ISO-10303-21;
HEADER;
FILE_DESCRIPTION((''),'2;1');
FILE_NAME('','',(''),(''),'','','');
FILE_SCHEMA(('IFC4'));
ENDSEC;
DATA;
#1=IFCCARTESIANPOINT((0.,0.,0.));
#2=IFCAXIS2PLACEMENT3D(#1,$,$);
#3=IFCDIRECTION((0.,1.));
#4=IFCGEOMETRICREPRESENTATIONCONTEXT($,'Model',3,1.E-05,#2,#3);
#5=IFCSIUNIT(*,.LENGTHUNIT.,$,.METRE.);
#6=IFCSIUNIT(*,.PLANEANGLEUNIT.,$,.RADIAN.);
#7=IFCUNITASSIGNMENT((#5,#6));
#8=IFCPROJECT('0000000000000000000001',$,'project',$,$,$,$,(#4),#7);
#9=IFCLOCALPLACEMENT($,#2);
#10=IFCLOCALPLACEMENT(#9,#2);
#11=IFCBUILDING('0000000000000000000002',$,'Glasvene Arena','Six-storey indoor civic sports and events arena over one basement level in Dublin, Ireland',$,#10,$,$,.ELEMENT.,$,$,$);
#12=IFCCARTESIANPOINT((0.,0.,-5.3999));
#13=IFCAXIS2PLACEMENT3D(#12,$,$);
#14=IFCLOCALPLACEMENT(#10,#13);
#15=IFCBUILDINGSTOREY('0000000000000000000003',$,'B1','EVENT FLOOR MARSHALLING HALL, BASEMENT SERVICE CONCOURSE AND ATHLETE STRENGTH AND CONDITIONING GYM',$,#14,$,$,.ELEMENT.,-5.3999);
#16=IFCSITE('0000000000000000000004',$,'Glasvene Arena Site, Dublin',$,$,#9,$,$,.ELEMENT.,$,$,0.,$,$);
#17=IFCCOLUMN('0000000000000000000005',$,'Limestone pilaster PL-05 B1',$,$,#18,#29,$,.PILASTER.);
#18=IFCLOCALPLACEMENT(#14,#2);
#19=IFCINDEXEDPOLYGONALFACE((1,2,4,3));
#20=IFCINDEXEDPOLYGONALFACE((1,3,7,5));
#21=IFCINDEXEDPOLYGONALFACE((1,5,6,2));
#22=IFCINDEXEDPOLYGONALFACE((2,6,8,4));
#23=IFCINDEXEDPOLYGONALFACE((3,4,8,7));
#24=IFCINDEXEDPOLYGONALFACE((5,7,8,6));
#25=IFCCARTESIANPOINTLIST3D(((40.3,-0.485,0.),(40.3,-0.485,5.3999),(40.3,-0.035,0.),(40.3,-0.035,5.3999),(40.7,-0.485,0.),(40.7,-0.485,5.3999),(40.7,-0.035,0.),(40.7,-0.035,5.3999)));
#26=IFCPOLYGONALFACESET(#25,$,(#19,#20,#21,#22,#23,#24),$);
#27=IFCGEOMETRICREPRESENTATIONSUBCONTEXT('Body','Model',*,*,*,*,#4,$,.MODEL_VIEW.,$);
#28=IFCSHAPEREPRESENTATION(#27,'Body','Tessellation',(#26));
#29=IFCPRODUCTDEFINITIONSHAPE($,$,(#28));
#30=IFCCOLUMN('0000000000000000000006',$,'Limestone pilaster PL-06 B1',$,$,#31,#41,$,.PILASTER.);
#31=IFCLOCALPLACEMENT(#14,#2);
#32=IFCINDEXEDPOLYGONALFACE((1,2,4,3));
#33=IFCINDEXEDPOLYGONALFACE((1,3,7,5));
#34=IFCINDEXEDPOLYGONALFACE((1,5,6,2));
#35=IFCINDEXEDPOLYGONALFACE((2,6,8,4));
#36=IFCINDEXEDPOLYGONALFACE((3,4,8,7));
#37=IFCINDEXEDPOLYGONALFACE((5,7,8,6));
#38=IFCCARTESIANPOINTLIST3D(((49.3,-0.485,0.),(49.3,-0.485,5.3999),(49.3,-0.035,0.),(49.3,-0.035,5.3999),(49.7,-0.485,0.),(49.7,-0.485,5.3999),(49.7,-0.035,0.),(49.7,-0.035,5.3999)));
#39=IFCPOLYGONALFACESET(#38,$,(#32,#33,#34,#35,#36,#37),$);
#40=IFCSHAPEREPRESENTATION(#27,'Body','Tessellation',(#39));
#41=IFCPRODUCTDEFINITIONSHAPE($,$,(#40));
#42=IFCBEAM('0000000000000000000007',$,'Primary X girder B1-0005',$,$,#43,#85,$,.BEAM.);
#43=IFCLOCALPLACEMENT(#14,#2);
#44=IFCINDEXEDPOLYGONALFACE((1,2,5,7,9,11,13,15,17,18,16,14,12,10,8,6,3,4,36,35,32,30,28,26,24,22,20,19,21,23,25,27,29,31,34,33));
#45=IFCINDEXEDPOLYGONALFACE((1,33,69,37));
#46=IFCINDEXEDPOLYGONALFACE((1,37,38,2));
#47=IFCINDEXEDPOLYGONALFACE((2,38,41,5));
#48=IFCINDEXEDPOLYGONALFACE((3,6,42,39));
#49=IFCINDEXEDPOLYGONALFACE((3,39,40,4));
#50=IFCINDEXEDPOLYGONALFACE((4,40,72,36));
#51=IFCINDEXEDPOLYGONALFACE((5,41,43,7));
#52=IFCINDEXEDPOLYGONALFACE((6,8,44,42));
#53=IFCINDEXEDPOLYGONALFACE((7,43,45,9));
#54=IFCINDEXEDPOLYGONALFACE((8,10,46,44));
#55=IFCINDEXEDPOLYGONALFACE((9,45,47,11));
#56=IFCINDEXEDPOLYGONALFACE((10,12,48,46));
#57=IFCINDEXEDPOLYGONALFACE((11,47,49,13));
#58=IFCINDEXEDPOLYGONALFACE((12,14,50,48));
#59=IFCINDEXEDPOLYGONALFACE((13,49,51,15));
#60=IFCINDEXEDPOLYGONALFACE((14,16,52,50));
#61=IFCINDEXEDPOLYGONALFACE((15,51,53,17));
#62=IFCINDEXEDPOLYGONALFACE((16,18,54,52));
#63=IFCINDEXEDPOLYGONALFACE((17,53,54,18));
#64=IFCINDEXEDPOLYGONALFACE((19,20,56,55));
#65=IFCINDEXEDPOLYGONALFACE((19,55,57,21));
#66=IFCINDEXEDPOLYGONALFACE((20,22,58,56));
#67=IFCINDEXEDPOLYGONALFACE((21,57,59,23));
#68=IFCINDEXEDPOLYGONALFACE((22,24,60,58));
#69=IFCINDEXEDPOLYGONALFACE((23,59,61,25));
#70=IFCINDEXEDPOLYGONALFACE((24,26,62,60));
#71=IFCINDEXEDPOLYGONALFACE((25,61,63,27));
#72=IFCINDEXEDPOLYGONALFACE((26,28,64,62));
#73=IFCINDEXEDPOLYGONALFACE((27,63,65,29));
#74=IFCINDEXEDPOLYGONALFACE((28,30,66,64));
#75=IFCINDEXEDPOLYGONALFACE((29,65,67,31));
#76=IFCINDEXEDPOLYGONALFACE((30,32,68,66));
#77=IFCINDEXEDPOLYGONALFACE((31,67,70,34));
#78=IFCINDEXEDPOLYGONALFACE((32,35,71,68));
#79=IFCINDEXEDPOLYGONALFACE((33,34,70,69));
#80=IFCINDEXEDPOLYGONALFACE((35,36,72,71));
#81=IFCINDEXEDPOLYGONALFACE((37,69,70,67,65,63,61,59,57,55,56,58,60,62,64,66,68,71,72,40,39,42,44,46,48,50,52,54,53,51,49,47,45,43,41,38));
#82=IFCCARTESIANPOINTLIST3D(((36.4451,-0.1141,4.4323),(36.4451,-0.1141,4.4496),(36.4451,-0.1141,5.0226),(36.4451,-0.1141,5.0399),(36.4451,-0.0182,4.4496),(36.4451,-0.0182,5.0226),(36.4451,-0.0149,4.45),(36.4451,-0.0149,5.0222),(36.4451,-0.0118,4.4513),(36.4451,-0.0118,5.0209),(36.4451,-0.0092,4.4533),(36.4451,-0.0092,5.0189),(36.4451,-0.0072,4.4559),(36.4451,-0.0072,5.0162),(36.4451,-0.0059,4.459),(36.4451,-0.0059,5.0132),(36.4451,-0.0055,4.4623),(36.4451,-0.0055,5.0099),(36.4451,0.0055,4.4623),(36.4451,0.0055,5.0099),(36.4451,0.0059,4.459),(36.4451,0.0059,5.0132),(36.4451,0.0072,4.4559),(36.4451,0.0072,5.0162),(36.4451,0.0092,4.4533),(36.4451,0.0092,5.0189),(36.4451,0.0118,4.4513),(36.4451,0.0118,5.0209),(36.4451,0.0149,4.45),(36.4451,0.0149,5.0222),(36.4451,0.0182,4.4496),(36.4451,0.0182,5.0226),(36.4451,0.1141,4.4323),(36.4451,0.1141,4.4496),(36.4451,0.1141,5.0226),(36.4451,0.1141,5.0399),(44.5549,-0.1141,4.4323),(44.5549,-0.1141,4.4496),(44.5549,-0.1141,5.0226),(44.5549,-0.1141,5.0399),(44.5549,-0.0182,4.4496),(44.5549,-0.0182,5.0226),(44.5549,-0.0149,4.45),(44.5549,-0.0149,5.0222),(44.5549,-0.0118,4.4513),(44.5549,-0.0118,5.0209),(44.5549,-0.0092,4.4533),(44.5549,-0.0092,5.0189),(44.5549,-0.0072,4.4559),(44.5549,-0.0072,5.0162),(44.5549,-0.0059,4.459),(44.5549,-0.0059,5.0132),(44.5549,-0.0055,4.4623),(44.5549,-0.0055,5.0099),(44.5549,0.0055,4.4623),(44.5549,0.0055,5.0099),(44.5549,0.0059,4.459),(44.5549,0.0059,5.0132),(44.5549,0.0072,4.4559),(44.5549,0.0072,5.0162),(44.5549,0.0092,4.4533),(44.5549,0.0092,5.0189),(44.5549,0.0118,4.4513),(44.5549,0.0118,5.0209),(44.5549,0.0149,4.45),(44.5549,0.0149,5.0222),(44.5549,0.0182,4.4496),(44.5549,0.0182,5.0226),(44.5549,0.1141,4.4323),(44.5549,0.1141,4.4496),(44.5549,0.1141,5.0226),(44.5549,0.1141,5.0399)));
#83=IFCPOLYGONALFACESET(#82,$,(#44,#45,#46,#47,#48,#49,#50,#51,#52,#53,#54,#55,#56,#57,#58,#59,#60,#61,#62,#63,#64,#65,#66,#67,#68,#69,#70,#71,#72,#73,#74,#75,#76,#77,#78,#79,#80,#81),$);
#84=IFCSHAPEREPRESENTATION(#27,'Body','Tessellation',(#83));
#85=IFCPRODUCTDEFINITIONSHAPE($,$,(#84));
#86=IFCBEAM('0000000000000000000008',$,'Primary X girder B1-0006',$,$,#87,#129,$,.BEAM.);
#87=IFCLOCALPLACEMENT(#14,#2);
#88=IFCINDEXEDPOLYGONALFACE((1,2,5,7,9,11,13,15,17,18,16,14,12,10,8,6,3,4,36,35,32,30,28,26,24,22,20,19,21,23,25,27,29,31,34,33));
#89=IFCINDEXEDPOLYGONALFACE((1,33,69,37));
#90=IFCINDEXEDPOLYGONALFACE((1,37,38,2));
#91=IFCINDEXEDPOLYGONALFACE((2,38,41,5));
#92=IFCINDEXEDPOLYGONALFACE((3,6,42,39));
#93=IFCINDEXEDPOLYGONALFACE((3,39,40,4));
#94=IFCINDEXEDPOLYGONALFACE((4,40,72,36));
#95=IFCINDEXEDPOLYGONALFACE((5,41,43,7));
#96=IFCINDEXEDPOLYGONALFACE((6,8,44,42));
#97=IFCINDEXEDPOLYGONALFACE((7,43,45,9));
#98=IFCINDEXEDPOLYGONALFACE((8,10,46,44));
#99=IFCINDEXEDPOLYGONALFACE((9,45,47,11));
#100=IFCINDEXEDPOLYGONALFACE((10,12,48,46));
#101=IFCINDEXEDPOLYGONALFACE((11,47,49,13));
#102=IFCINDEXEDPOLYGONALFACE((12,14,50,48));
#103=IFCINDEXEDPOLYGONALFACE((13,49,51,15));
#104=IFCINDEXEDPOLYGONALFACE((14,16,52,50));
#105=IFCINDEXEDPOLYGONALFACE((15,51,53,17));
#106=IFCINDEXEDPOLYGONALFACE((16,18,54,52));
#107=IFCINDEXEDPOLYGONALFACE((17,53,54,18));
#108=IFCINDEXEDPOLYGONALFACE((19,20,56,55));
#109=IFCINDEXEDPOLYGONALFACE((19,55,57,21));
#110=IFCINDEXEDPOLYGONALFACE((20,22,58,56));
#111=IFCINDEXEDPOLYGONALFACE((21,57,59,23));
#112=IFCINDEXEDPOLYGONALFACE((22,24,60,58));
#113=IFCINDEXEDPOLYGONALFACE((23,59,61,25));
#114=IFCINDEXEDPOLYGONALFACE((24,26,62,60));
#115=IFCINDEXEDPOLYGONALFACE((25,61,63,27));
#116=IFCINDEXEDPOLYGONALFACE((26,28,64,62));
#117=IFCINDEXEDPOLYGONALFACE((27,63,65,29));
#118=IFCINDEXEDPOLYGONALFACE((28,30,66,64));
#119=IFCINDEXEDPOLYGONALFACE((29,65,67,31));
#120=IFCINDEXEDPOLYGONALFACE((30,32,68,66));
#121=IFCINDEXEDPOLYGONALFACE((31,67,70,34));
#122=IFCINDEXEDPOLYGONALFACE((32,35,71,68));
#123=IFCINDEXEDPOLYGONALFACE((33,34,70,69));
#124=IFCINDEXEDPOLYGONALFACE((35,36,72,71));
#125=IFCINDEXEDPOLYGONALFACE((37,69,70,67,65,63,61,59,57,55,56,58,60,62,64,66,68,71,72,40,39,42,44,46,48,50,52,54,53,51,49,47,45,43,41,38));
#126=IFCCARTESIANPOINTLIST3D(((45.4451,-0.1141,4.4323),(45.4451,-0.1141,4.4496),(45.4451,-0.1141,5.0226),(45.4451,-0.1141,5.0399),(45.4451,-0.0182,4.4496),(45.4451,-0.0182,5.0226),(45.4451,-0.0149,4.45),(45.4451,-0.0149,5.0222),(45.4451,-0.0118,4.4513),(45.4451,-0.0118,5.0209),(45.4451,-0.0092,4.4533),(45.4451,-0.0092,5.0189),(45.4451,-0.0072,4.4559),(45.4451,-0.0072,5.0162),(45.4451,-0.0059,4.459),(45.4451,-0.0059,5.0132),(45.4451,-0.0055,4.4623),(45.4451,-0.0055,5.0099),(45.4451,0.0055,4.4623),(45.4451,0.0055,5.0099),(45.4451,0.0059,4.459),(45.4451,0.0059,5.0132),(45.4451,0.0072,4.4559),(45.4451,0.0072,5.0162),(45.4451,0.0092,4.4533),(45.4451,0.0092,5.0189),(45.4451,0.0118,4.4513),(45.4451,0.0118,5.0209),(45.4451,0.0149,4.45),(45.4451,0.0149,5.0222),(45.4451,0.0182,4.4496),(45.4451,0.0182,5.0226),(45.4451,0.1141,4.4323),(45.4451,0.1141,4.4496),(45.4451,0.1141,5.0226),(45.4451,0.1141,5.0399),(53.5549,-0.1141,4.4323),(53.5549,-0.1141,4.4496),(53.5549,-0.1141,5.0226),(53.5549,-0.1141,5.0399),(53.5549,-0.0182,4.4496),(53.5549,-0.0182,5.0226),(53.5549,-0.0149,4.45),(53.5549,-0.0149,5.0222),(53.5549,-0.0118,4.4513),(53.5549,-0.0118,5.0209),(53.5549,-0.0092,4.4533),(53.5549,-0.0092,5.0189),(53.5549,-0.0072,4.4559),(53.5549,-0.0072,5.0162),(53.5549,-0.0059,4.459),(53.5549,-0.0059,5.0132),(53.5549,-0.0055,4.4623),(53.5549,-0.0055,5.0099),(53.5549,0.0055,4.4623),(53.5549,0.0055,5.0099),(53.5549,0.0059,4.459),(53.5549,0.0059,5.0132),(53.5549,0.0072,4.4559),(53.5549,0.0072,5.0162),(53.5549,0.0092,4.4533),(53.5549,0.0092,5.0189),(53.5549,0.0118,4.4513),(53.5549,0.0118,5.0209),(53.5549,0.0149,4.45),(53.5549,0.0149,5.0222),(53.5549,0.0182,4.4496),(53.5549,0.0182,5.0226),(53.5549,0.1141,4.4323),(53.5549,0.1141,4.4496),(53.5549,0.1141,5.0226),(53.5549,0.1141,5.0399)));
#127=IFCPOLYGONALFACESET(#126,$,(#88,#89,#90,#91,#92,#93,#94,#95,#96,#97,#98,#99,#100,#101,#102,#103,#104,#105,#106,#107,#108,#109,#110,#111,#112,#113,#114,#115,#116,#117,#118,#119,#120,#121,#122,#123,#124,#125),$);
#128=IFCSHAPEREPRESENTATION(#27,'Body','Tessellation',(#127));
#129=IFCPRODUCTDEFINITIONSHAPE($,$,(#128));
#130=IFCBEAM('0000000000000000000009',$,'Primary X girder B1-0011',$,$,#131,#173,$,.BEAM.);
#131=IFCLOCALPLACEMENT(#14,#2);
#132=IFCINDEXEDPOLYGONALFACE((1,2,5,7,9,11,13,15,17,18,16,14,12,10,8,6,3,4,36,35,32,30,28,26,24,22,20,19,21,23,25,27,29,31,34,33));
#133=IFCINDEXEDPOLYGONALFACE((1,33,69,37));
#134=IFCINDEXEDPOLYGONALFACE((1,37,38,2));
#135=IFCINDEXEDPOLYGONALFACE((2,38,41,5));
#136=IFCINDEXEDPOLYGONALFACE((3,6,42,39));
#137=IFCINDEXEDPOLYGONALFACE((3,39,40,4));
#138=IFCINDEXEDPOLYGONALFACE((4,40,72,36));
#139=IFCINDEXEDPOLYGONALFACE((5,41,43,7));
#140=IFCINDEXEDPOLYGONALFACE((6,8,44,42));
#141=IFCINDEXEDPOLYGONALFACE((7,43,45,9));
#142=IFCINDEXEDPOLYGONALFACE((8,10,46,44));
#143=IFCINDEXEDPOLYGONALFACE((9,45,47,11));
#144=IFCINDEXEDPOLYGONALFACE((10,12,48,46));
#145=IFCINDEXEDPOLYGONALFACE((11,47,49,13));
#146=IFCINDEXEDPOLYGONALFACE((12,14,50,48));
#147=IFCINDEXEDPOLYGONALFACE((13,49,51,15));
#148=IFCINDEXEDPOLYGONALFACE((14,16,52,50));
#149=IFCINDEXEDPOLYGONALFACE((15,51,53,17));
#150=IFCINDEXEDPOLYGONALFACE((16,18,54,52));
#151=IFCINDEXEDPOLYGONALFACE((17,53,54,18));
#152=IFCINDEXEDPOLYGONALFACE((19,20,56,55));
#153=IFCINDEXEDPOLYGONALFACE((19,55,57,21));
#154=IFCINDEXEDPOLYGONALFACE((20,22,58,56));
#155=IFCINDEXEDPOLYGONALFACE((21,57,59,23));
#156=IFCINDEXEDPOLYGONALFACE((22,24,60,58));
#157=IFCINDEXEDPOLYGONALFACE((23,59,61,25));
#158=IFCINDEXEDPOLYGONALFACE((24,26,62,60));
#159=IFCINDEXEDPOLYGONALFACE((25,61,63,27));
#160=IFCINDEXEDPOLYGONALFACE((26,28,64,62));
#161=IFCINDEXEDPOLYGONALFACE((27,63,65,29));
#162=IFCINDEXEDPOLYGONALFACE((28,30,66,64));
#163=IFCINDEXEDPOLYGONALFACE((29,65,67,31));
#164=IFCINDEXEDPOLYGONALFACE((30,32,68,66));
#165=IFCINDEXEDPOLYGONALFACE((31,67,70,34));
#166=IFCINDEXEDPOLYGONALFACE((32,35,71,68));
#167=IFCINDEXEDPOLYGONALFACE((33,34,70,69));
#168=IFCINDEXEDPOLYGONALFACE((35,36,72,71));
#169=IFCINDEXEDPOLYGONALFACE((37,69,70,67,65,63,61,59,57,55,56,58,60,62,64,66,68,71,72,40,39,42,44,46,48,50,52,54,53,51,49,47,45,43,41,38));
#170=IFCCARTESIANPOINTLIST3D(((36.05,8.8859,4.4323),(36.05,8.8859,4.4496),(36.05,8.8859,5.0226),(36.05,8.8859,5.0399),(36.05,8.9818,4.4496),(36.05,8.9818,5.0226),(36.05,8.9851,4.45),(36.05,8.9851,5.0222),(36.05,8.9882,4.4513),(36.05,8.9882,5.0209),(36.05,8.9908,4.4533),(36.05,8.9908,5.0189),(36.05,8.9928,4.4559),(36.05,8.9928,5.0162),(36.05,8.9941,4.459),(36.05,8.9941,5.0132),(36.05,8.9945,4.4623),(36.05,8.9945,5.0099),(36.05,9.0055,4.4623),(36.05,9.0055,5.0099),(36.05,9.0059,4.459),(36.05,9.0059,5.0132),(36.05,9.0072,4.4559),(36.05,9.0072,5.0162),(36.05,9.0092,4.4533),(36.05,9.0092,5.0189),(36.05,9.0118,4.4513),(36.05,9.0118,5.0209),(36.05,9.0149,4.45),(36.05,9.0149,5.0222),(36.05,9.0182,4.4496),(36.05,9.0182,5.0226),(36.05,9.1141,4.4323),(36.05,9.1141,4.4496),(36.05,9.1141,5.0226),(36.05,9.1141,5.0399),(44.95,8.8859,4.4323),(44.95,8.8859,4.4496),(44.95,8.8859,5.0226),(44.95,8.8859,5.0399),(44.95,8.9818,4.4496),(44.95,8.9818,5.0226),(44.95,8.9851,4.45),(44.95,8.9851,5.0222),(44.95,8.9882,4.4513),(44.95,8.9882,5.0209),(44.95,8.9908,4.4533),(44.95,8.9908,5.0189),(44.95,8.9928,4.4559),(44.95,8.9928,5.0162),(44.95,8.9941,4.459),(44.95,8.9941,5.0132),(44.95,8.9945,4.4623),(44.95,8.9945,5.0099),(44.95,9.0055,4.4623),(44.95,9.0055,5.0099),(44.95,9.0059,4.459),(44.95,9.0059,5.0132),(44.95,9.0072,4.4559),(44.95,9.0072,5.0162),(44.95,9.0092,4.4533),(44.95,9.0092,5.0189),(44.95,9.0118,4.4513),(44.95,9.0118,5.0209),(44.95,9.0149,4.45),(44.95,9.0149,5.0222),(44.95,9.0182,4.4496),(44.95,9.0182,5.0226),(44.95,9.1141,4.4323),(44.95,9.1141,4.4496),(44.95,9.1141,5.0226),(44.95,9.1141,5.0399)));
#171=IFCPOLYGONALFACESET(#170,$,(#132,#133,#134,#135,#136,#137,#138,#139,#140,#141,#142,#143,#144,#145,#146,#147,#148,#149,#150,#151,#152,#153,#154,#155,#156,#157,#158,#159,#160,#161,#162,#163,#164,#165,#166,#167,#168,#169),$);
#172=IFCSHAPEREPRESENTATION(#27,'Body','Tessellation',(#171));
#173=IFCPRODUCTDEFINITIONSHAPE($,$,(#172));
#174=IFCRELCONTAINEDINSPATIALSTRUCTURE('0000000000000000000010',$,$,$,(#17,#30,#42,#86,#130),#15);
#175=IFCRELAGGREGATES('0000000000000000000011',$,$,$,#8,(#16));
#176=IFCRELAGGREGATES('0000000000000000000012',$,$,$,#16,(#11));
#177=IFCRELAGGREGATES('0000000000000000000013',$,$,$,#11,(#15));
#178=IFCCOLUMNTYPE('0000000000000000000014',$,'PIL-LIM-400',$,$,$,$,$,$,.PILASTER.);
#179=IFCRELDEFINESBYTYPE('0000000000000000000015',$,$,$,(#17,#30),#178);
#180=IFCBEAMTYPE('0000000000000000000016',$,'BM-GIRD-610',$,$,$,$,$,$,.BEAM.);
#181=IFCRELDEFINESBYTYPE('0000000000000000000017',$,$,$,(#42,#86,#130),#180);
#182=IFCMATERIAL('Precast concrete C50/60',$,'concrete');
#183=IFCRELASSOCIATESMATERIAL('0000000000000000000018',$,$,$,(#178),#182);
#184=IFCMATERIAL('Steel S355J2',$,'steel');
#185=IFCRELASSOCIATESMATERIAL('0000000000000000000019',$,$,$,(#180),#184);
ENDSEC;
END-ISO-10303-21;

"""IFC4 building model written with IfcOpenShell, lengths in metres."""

from ifc_helpers import new_model, si_unit, direction, frame, origin, origin_2d, place, context, subcontext, project, spatial, rectangle, i_section, extrude, material, material_profile, profile_set, type_object, element, save


model = new_model("IFC4")

# Units and contexts
model_context = context("Model", 3, precision=1e-05, world=origin(), true_north=direction((0.0, 1.0)))
body_context = subcontext(model_context, "Body", "Model", "MODEL_VIEW")
ifc_project = project(units=[si_unit("LENGTHUNIT", "METRE"), si_unit("PLANEANGLEUNIT", "RADIAN")], contexts=[model_context])

# Site, building, storey
site_placement = place(None, origin())
site = spatial("IfcSite", under=ifc_project, at=site_placement, Name="Glasvene Arena Site, Dublin", CompositionType="ELEMENT", RefElevation=0.0)
building_placement = place(site_placement, origin())
building = spatial("IfcBuilding", under=site, at=building_placement, Name="Glasvene Arena", Description="Six-storey indoor civic sports and events arena over one basement level in Dublin, Ireland", CompositionType="ELEMENT")
storey_placement = place(building_placement, frame((0.0, 0.0, -5.3999)))
storey = spatial("IfcBuildingStorey", under=building, at=storey_placement, Name="B1", Description="EVENT FLOOR MARSHALLING HALL, BASEMENT SERVICE CONCOURSE AND ATHLETE STRENGTH AND CONDITIONING GYM", CompositionType="ELEMENT", Elevation=-5.3999)

# Columns
ifc_material_1 = material(Name="Steel S355J2", Category="steel")
ifc_material_2 = material(Name="Precast concrete C50/60", Category="concrete")
ifc_material_profile_1 = material_profile(ifc_material_2, rectangle(XDim=0.3999, YDim=0.45, at=origin_2d()), Name="RC 400x450")
ifc_profile_set_1 = profile_set([ifc_material_profile_1], Name="Precast concrete C50/60")
column_type_1 = type_object("IfcColumnType", Name="PIL-LIM-400", PredefinedType="PILASTER", material=ifc_profile_set_1)
for number, where, z_axis, x_axis, name in (
    (1, (40.5, -0.26, 0.0), (0.0, 0.0, 1.0), (1.0, 0.0, 0.0), "Limestone pilaster PL-05 B1"),
    (2, (49.5, -0.26, 0.0), (0.0, 0.0, 1.0), (1.0, 0.0, 0.0), "Limestone pilaster PL-06 B1"),
):
    element("IfcColumn", number, at=place(storey_placement, frame(where, z_axis=z_axis, x_axis=x_axis)), inside=storey, type_object=column_type_1, Name=name, PredefinedType="PILASTER", context=body_context, shape_type="SweptSolid", body=[
        extrude(rectangle(XDim=0.3999, YDim=0.45, at=origin_2d()), origin(), (0.0, 0.0, 1.0), 5.3999),
    ])

# Beams
ifc_material_profile_2 = material_profile(ifc_material_1, i_section(OverallWidth=0.2283, OverallDepth=0.6077, WebThickness=0.011, FlangeThickness=0.0173, FilletRadius=0.0127, at=origin_2d()), Name="UKB 610x229x113")
ifc_profile_set_2 = profile_set([ifc_material_profile_2], Name="Steel S355J2")
beam_type_1 = type_object("IfcBeamType", Name="BM-GIRD-610", PredefinedType="BEAM", material=ifc_profile_set_2)
for number, where, z_axis, x_axis, name in (
    (3, (36.4451, 0.0, 4.7361), (1.0, 0.0, 0.0), (0.0, 1.0, 0.0), "Primary X girder B1-0005"),
    (4, (45.4451, 0.0, 4.7361), (1.0, 0.0, 0.0), (0.0, 1.0, 0.0), "Primary X girder B1-0006"),
):
    element("IfcBeam", number, at=place(storey_placement, frame(where, z_axis=z_axis, x_axis=x_axis)), inside=storey, type_object=beam_type_1, Name=name, PredefinedType="BEAM", context=body_context, shape_type="SweptSolid", body=[
        extrude(i_section(OverallWidth=0.2283, OverallDepth=0.6077, WebThickness=0.011, FlangeThickness=0.0173, FilletRadius=0.0127, at=origin_2d()), origin(), (0.0, 0.0, 1.0), 8.1099),
    ])
beam_1_placement = place(storey_placement, frame((36.05, 9.0, 4.7361), z_axis=(1.0, 0.0, 0.0), x_axis=(0.0, 1.0, 0.0)))
element("IfcBeam", 5, at=beam_1_placement, inside=storey, type_object=beam_type_1, Name="Primary X girder B1-0011", PredefinedType="BEAM", context=body_context, shape_type="SweptSolid", body=[
    extrude(i_section(OverallWidth=0.2283, OverallDepth=0.6077, WebThickness=0.011, FlangeThickness=0.0173, FilletRadius=0.0127, at=origin_2d()), origin(), (0.0, 0.0, 1.0), 8.8999),
])

save(model, "model.ifc")
